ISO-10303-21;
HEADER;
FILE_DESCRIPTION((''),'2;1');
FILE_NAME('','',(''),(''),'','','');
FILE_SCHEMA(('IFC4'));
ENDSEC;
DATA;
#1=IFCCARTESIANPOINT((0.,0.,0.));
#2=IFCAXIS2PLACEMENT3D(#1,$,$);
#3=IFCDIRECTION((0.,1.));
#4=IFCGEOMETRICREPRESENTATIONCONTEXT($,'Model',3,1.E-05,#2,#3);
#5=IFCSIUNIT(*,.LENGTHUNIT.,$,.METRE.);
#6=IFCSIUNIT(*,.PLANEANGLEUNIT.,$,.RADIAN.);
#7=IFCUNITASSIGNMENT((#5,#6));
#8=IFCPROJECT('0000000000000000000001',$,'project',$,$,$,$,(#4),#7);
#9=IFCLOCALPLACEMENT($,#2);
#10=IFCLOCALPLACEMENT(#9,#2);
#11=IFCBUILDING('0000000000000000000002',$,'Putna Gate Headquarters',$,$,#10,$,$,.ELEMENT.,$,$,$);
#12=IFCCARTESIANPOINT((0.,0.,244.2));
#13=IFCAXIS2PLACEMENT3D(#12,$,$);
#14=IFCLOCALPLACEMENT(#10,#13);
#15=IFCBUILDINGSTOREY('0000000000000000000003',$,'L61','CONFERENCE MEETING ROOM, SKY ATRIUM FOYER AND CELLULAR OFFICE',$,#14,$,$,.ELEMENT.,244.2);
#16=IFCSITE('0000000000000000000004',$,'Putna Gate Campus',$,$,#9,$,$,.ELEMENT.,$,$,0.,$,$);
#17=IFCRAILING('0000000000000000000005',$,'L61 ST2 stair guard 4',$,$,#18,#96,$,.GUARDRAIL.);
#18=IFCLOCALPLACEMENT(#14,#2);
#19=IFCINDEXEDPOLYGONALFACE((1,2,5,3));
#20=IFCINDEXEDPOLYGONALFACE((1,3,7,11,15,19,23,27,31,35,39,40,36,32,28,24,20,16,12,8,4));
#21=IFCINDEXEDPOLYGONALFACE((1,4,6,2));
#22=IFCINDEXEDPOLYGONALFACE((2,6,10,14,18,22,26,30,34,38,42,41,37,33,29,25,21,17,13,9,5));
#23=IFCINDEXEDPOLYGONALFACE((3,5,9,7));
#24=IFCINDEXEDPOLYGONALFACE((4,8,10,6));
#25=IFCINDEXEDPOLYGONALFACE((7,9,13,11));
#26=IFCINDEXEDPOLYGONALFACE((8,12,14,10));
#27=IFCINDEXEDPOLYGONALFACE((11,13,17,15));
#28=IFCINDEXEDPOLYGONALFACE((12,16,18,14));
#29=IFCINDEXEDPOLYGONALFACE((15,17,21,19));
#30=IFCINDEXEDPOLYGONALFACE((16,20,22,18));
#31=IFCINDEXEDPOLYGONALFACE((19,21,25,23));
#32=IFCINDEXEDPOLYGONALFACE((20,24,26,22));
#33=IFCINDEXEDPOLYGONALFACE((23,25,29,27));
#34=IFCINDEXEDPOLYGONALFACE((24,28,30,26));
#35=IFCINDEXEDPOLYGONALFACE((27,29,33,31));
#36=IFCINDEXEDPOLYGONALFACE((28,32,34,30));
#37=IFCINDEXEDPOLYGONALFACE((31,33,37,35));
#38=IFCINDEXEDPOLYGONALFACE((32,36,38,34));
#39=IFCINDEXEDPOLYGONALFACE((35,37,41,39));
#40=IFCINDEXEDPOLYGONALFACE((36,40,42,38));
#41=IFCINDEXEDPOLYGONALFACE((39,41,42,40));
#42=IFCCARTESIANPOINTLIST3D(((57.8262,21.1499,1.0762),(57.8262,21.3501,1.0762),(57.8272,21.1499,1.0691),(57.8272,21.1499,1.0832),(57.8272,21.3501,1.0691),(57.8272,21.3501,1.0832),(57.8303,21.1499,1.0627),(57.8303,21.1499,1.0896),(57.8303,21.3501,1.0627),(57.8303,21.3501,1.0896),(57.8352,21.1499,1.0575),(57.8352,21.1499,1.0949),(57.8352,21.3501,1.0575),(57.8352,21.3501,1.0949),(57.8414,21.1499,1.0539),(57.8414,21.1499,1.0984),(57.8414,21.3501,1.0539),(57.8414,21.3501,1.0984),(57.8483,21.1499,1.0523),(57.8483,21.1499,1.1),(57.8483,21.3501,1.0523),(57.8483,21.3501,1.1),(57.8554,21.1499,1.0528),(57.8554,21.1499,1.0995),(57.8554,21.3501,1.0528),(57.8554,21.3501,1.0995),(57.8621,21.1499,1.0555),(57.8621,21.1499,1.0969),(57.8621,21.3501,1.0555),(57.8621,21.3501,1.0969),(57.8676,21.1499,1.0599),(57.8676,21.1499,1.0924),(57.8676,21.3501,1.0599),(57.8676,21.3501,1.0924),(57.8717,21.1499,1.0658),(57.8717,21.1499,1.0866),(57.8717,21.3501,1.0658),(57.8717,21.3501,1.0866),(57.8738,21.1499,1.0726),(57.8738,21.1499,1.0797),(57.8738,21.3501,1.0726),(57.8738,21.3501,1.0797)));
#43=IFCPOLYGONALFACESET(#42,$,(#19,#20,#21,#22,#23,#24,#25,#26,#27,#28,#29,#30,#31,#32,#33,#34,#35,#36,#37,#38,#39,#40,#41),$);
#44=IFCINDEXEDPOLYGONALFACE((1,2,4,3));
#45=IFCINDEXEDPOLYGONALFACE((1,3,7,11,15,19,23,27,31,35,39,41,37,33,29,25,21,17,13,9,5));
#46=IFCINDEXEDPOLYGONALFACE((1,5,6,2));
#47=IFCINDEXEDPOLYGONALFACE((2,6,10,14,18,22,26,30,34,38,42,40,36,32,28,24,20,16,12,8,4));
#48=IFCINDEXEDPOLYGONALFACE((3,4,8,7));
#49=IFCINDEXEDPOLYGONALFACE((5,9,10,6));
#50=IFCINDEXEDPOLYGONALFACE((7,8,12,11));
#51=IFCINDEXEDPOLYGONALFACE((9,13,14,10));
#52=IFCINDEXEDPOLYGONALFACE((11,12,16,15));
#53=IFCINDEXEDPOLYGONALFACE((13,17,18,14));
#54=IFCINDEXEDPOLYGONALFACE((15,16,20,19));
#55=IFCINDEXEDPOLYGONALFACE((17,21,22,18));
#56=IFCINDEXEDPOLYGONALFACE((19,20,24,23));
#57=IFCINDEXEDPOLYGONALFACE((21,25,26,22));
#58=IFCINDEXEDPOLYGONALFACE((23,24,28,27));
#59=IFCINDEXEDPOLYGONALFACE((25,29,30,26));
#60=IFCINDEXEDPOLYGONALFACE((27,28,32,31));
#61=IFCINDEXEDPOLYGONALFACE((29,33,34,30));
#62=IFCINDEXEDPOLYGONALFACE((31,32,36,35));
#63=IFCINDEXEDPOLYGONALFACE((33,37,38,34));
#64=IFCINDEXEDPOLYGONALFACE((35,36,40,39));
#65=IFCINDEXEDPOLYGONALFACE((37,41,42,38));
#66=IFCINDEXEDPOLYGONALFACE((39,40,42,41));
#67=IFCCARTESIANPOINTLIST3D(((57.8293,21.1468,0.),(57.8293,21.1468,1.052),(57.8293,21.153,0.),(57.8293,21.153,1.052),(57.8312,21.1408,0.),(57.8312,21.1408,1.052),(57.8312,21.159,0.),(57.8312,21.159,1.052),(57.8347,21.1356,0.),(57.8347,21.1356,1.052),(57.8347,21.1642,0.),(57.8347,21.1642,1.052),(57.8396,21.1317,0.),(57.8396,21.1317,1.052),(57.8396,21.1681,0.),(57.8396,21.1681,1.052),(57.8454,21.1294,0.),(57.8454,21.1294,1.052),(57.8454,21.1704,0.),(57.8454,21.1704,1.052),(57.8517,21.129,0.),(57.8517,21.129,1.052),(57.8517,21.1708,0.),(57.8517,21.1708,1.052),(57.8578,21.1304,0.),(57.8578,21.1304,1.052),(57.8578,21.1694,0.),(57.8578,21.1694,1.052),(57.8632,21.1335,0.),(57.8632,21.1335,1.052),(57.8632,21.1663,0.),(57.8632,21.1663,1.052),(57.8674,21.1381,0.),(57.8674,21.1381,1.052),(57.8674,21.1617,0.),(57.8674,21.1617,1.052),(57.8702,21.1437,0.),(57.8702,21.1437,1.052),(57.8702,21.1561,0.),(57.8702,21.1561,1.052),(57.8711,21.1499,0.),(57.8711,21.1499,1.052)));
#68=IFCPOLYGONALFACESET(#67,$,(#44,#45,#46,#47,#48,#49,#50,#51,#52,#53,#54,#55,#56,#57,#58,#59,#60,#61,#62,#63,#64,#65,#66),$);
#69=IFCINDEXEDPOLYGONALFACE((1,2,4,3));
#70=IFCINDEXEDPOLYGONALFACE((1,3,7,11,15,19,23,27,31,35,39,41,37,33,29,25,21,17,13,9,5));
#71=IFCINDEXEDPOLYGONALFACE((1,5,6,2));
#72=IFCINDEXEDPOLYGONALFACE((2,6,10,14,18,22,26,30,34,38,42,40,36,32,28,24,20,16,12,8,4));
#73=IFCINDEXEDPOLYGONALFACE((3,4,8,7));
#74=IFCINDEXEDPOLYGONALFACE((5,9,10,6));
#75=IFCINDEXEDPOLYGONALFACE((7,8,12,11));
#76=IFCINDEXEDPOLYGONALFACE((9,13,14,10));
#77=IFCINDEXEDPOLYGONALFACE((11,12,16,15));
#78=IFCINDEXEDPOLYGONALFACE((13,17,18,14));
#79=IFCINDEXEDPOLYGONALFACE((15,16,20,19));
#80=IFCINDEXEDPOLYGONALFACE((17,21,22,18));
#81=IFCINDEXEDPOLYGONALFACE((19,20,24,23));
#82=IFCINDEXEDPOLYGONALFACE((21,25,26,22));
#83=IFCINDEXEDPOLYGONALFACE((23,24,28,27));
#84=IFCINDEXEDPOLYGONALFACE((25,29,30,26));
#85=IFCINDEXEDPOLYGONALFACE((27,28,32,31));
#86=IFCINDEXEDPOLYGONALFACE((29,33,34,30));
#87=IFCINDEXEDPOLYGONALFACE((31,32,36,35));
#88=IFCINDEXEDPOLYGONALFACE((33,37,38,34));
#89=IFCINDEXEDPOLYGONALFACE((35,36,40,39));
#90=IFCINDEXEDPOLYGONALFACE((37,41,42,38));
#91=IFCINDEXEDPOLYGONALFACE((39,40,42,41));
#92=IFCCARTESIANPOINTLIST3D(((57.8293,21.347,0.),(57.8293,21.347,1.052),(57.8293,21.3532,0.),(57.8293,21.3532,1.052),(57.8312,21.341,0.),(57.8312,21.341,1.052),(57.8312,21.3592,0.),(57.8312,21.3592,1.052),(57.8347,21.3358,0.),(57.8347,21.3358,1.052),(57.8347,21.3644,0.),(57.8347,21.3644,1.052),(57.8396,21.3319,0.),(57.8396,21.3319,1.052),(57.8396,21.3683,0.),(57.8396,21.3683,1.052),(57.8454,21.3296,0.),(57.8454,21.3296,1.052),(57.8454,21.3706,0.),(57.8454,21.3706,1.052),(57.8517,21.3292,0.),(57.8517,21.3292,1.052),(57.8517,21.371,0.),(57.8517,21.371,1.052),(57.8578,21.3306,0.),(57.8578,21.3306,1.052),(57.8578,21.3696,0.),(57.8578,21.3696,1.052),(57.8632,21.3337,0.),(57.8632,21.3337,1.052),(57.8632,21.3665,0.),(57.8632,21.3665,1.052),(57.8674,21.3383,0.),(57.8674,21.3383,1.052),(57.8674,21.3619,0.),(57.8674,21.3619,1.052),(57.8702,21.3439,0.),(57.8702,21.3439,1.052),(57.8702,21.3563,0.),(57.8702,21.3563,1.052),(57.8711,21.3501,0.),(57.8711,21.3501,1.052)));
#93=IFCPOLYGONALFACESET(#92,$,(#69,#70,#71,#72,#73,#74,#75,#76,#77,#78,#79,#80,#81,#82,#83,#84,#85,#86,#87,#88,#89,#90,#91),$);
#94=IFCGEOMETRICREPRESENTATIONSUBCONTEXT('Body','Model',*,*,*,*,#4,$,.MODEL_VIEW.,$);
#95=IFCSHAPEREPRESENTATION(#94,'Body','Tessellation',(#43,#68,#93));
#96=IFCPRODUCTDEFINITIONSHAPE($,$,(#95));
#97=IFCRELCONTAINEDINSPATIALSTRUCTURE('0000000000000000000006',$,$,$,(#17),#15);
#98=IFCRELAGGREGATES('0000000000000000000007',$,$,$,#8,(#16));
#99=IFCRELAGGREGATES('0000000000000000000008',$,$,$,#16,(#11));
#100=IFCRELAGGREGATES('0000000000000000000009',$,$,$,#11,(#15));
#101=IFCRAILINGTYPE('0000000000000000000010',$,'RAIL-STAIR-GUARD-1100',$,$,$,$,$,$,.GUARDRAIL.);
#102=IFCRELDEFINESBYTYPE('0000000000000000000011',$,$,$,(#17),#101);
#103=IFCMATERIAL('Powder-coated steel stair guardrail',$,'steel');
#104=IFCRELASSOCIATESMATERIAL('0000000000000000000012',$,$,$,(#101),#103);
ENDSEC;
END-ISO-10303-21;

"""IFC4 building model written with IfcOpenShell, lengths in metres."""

from ifc_helpers import new_model, si_unit, direction, frame, origin, origin_2d, place, context, subcontext, project, spatial, circle, extrude, material, type_object, element, save


model = new_model("IFC4")

# Units and contexts
model_context = context("Model", 3, precision=1e-05, world=origin(), true_north=direction((0.0, 1.0)))
body_context = subcontext(model_context, "Body", "Model", "MODEL_VIEW")
ifc_project = project(units=[si_unit("LENGTHUNIT", "METRE"), si_unit("PLANEANGLEUNIT", "RADIAN")], contexts=[model_context])

# Site, building, storey
site_placement = place(None, origin())
site = spatial("IfcSite", under=ifc_project, at=site_placement, Name="Putna Gate Campus", CompositionType="ELEMENT", RefElevation=0.0)
building_placement = place(site_placement, origin())
building = spatial("IfcBuilding", under=site, at=building_placement, Name="Putna Gate Headquarters", CompositionType="ELEMENT")
storey_placement = place(building_placement, frame((0.0, 0.0, 244.2)))
storey = spatial("IfcBuildingStorey", under=building, at=storey_placement, Name="L61", Description="CONFERENCE MEETING ROOM, SKY ATRIUM FOYER AND CELLULAR OFFICE", CompositionType="ELEMENT", Elevation=244.2)

# Railing
ifc_material_1 = material(Name="Powder-coated steel stair guardrail", Category="steel")
railing_type_1 = type_object("IfcRailingType", Name="RAIL-STAIR-GUARD-1100", PredefinedType="GUARDRAIL", material=ifc_material_1)
railing_1_placement = place(storey_placement, frame((57.8501, 21.1499, 0.0)))
element("IfcRailing", 1, at=railing_1_placement, inside=storey, type_object=railing_type_1, Name="L61 ST2 stair guard 4", PredefinedType="GUARDRAIL", context=body_context, shape_type="SweptSolid", body=[
    extrude(circle(Radius=0.0239, at=origin_2d()), frame((0.0, 0.0, 1.0762), z_axis=(0.0, 1.0, 0.0), x_axis=(-1.0, 0.0, 0.0)), (0.0, 0.0, 1.0), 0.2002),
    extrude(circle(Radius=0.021, at=origin_2d()), origin(), (0.0, 0.0, 1.0), 1.052),
    extrude(circle(Radius=0.021, at=origin_2d()), frame((0.0, 0.2002, 0.0)), (0.0, 0.0, 1.0), 1.052),
])

save(model, "model.ifc")
